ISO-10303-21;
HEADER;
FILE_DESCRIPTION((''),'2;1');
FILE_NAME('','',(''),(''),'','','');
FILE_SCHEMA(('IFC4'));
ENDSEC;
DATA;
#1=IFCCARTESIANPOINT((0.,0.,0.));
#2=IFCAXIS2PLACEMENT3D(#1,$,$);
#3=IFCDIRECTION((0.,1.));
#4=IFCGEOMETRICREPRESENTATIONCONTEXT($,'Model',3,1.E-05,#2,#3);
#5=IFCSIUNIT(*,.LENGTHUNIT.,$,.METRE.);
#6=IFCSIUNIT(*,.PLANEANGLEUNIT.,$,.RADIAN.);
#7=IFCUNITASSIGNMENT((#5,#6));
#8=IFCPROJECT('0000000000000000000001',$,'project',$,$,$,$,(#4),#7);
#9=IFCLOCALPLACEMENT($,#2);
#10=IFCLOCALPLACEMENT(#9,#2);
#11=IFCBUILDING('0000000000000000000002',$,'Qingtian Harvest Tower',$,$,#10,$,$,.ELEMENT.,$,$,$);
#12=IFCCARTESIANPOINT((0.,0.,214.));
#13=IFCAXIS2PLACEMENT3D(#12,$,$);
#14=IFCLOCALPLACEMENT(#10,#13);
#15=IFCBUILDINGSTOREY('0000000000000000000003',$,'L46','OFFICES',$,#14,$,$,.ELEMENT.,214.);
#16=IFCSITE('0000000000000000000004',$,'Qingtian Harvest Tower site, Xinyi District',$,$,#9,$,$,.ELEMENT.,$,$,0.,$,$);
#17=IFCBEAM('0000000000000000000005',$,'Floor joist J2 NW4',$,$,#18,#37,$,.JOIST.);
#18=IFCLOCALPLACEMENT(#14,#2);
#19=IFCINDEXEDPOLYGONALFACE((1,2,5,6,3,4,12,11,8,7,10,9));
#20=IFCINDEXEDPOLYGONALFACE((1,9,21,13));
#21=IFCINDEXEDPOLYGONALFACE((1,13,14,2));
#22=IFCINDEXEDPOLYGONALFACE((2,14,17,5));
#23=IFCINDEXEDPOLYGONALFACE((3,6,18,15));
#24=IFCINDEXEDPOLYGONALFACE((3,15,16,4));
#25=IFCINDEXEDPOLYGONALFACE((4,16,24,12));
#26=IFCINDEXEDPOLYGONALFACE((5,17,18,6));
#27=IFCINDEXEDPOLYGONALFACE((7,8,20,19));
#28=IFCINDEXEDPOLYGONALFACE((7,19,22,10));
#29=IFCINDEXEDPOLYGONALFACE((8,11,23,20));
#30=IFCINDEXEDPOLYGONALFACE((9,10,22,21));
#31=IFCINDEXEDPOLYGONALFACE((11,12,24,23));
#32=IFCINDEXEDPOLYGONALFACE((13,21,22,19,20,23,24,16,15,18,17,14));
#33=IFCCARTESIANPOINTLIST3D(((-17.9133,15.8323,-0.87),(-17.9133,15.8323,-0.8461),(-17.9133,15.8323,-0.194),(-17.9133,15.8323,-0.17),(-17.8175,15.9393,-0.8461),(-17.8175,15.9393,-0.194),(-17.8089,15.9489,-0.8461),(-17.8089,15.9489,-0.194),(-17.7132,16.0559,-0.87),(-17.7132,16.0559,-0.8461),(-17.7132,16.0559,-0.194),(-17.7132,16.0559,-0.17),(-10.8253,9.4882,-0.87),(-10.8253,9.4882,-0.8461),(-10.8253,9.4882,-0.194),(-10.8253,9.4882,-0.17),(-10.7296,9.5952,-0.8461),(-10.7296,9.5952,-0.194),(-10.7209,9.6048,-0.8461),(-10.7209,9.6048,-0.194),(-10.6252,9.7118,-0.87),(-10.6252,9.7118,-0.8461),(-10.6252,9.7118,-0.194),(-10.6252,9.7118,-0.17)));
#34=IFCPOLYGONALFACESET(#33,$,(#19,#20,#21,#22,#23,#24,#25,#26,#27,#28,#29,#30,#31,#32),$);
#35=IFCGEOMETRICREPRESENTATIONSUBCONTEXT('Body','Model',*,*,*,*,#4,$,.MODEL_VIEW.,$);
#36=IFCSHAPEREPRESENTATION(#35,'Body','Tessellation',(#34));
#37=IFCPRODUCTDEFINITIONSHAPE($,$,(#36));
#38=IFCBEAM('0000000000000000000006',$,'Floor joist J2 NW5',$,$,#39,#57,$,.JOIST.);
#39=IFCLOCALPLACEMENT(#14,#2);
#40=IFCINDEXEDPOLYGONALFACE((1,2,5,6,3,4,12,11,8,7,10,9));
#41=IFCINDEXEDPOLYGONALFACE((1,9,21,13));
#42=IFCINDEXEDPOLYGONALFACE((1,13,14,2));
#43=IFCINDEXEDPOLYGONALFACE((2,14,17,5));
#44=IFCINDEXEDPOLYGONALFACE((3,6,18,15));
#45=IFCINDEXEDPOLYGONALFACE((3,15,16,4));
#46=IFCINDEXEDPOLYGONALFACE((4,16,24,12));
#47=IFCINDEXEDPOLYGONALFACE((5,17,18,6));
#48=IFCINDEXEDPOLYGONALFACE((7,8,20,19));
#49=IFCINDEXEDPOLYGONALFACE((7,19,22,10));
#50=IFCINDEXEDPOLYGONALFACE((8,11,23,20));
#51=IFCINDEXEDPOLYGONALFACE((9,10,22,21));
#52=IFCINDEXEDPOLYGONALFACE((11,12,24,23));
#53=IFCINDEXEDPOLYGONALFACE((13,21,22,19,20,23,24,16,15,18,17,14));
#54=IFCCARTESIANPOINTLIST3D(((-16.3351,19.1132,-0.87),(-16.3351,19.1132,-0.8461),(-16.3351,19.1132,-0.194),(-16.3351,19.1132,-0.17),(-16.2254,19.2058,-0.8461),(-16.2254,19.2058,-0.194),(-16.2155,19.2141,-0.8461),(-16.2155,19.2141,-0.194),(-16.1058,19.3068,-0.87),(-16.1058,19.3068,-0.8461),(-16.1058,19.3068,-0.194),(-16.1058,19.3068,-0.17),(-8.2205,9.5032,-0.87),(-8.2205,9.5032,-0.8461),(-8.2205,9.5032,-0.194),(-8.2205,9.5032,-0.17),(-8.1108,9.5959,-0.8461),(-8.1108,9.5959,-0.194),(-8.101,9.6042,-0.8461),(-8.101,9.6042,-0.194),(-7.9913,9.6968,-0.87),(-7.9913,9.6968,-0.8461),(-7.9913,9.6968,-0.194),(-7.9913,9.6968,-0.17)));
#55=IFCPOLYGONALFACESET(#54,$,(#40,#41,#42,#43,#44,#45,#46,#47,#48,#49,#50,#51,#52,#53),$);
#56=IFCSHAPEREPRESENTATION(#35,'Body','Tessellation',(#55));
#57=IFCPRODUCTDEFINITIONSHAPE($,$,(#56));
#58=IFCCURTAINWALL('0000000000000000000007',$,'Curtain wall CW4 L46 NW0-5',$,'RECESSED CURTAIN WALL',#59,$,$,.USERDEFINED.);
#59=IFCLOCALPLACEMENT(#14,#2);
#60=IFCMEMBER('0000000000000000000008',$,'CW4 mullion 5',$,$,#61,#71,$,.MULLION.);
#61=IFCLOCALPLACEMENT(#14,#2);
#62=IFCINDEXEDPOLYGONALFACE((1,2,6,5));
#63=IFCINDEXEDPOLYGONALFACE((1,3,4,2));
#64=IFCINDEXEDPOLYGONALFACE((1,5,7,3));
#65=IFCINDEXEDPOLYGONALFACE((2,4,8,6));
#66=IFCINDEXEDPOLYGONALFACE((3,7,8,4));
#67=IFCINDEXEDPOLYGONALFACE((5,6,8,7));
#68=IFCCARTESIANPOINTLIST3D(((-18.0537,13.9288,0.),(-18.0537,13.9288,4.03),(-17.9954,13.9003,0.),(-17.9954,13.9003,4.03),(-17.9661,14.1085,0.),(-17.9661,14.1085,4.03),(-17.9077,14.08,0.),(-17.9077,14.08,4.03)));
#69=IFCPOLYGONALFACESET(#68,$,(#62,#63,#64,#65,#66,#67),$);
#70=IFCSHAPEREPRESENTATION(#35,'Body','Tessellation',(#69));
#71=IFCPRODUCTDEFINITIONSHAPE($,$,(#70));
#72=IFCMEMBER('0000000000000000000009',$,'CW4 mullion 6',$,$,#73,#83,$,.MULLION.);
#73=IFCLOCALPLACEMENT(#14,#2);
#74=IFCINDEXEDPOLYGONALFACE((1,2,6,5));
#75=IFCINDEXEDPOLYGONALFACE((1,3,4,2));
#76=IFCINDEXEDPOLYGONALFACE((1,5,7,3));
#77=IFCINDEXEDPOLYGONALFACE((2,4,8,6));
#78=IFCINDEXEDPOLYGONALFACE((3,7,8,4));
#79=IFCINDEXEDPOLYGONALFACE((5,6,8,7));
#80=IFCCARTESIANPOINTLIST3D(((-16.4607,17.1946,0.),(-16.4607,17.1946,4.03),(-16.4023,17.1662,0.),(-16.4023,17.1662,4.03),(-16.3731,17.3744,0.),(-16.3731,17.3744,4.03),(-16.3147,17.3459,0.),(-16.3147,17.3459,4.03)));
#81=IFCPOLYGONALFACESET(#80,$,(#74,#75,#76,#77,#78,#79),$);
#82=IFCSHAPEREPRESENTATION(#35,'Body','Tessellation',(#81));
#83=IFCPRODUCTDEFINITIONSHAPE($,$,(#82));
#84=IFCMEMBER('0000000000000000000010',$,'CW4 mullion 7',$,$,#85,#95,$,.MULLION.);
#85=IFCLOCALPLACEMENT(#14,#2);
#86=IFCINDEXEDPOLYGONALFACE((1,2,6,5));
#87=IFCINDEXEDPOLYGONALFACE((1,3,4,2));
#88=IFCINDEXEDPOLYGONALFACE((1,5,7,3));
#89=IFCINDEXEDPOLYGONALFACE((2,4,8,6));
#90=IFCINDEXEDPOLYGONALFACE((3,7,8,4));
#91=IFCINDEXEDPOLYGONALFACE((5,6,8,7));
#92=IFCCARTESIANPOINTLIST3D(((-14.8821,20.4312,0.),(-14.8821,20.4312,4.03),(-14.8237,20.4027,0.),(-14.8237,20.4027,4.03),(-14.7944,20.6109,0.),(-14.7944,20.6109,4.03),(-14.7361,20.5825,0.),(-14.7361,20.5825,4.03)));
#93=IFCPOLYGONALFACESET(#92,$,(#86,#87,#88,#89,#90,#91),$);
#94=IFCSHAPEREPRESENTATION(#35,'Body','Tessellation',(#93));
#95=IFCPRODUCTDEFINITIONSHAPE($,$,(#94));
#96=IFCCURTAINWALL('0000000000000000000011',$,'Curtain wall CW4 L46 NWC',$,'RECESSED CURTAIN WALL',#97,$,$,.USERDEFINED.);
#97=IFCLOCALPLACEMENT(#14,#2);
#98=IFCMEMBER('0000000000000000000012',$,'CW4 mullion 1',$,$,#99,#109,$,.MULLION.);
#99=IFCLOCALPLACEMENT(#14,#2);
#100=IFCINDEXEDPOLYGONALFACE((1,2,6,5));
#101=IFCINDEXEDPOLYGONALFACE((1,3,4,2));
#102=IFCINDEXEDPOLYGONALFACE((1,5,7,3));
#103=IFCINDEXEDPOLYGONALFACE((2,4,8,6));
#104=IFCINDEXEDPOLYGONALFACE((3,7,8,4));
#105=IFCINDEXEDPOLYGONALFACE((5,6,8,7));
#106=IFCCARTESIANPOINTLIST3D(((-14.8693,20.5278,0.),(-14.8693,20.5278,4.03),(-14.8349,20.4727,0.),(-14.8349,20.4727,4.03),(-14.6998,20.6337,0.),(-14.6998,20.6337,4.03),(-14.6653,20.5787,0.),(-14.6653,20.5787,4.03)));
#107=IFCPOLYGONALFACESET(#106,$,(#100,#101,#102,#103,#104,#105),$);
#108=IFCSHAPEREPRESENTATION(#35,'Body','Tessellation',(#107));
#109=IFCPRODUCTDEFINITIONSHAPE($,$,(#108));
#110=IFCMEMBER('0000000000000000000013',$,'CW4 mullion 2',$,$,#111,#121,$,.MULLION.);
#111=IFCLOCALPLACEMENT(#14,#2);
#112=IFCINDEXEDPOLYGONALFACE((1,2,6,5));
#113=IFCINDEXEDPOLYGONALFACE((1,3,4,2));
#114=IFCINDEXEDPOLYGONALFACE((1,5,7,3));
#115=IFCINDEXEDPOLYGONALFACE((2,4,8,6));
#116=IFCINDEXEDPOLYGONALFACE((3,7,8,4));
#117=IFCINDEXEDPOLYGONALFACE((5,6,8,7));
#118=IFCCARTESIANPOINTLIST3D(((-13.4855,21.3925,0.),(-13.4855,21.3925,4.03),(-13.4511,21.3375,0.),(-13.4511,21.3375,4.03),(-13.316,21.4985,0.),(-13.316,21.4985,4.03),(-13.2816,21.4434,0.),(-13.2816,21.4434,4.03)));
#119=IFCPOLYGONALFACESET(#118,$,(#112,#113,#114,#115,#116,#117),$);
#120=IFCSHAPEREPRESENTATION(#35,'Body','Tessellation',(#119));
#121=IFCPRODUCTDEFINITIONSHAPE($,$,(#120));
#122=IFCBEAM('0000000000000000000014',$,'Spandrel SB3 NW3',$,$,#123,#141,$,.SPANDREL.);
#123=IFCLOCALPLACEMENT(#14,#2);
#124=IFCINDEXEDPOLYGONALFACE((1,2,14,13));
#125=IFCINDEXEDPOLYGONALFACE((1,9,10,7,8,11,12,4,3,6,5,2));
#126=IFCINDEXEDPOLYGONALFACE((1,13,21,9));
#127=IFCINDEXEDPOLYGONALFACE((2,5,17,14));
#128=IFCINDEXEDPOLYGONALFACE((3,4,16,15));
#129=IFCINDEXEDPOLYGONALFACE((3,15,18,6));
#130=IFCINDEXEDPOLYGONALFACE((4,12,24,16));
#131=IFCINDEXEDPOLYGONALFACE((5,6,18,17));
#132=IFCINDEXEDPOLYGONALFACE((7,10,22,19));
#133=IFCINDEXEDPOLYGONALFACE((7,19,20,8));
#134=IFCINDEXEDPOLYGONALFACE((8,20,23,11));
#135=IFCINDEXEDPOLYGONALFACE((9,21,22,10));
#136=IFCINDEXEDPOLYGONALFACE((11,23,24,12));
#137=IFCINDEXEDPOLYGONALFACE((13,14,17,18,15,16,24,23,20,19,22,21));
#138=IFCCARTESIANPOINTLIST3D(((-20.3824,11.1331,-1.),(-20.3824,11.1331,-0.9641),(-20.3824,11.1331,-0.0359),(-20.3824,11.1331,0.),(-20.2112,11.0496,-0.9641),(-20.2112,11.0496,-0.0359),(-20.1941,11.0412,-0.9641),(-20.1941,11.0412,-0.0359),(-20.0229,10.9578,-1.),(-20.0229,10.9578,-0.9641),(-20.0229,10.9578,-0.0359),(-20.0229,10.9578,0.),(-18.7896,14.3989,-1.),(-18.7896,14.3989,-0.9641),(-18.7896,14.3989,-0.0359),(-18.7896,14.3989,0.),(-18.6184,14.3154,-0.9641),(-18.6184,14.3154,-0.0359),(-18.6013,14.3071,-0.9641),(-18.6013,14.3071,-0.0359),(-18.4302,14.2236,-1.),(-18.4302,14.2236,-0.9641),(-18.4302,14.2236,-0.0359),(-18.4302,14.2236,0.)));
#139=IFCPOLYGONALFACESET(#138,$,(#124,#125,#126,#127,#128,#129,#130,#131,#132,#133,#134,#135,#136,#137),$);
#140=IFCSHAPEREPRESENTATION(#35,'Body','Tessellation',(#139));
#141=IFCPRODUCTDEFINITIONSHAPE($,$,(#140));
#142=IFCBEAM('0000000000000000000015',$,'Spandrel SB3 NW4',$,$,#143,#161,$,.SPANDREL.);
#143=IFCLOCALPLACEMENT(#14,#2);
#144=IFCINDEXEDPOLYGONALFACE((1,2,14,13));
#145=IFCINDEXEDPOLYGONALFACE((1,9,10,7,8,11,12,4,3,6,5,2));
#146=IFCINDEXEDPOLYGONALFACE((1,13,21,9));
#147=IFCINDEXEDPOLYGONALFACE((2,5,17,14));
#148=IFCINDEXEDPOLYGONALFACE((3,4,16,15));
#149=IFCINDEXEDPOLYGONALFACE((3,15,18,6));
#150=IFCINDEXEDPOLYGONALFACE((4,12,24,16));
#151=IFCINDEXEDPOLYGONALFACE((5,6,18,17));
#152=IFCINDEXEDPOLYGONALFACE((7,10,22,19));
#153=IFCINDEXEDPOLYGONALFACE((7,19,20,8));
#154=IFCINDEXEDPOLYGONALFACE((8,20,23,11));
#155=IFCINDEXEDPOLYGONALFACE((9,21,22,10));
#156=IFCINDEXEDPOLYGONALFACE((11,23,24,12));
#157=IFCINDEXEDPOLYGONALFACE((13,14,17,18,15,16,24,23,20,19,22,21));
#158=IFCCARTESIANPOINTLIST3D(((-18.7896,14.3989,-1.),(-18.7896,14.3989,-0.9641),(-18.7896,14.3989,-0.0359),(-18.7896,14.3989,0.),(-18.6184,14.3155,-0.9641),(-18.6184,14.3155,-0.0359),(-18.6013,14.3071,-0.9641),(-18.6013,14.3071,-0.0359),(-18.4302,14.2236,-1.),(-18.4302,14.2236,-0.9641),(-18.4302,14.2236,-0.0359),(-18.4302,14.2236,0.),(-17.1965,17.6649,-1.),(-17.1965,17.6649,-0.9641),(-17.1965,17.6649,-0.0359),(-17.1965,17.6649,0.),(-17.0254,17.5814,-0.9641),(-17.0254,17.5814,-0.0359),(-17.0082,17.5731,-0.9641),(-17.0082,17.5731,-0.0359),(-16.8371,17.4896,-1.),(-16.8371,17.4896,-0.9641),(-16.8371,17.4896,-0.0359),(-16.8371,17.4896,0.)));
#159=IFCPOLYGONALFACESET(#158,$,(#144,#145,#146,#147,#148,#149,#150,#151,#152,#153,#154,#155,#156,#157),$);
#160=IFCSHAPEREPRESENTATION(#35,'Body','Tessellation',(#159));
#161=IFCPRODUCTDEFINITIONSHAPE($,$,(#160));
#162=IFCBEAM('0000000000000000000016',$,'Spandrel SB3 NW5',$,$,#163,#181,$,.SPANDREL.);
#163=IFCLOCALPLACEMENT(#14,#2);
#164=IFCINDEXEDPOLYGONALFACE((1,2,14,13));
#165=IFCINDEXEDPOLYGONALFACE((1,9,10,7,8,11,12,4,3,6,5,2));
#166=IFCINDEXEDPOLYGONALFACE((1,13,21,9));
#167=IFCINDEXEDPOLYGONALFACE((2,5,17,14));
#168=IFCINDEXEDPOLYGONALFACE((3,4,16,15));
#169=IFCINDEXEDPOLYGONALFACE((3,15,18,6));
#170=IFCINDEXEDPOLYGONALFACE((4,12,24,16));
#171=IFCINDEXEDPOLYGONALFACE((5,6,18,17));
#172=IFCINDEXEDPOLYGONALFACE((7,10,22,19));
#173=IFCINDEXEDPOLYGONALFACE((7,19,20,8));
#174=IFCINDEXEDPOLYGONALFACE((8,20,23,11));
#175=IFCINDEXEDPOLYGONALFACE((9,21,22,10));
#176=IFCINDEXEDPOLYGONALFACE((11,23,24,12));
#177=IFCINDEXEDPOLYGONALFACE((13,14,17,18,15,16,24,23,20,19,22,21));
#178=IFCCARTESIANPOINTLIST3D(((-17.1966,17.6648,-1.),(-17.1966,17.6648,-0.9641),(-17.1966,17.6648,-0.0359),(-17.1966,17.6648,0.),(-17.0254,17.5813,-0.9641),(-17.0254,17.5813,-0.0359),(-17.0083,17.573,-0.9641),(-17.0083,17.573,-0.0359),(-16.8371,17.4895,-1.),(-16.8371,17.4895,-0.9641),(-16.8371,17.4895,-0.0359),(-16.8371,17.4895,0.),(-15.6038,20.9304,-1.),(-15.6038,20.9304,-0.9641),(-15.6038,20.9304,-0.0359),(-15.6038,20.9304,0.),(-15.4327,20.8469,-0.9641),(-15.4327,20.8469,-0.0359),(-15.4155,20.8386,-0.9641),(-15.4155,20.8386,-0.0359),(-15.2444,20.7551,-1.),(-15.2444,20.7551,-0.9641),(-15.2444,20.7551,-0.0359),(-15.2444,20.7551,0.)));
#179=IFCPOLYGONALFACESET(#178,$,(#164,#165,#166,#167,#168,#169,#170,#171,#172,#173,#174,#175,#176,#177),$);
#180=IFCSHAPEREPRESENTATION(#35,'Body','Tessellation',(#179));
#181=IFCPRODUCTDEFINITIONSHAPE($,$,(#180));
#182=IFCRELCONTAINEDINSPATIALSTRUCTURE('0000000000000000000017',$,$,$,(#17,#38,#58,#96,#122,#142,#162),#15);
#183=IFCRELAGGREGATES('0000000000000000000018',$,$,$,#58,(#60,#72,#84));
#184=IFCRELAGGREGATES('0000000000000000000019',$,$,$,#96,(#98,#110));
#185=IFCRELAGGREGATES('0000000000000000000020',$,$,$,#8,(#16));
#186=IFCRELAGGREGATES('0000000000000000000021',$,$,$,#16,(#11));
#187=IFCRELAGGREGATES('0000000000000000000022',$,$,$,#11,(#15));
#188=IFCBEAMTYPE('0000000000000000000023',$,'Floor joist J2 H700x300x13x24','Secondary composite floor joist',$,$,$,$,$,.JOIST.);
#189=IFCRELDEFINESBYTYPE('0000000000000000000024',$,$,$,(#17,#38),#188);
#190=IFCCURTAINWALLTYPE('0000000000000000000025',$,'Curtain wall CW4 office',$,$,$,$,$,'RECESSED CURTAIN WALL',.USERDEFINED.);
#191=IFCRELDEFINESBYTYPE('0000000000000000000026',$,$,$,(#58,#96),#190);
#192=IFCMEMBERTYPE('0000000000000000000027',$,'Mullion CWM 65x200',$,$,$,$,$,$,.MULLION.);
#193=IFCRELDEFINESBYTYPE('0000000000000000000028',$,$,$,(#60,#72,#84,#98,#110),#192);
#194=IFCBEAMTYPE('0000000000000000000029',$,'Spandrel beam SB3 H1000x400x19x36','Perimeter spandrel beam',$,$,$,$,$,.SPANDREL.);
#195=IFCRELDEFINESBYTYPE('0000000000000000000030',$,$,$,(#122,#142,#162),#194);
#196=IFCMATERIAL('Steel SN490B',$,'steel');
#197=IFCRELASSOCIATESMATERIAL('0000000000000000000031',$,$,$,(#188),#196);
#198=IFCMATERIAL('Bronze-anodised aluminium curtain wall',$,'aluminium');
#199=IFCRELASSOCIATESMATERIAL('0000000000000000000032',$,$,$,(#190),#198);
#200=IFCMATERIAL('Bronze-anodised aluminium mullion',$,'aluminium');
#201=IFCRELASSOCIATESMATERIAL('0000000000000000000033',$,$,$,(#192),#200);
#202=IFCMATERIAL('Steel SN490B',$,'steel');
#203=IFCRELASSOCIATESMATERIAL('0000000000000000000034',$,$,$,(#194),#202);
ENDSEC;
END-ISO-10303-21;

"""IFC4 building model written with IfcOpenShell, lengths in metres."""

from ifc_helpers import new_model, si_unit, direction, frame, origin, origin_2d, place, context, subcontext, project, spatial, rectangle, i_section, extrude, material, material_profile, profile_set, type_object, element, aggregate, save


model = new_model("IFC4")

# Units and contexts
model_context = context("Model", 3, precision=1e-05, world=origin(), true_north=direction((0.0, 1.0)))
body_context = subcontext(model_context, "Body", "Model", "MODEL_VIEW")
ifc_project = project(units=[si_unit("LENGTHUNIT", "METRE"), si_unit("PLANEANGLEUNIT", "RADIAN")], contexts=[model_context])

# Site, building, storey
site_placement = place(None, origin())
site = spatial("IfcSite", under=ifc_project, at=site_placement, Name="Qingtian Harvest Tower site, Xinyi District", CompositionType="ELEMENT", RefElevation=0.0)
building_placement = place(site_placement, origin())
building = spatial("IfcBuilding", under=site, at=building_placement, Name="Qingtian Harvest Tower", CompositionType="ELEMENT")
storey_placement = place(building_placement, frame((0.0, 0.0, 214.0)))
storey = spatial("IfcBuildingStorey", under=building, at=storey_placement, Name="L46", Description="OFFICES", CompositionType="ELEMENT", Elevation=214.0)

# Beams
ifc_material_1 = material(Name="Steel SN490B", Category="steel")
ifc_material_profile_1 = material_profile(ifc_material_1, i_section(OverallWidth=0.3, OverallDepth=0.7, WebThickness=0.0129, FlangeThickness=0.0239, at=origin_2d()), Name="H700x300x13x24")
ifc_profile_set_1 = profile_set([ifc_material_profile_1], Name="Steel SN490B")
beam_type_1 = type_object("IfcBeamType", Name="Floor joist J2 H700x300x13x24", Description="Secondary composite floor joist", PredefinedType="JOIST", material=ifc_profile_set_1)
beam_1_placement = place(storey_placement, frame((-17.8132, 15.9441, -0.52), z_axis=(0.745127, -0.666923, 0.0), x_axis=(0.666923, 0.745127, 0.0)))
element("IfcBeam", 1, at=beam_1_placement, inside=storey, type_object=beam_type_1, Name="Floor joist J2 NW4", PredefinedType="JOIST", context=body_context, shape_type="SweptSolid", body=[
    extrude(i_section(OverallWidth=0.3, OverallDepth=0.7, WebThickness=0.0129, FlangeThickness=0.0239, at=origin_2d()), origin(), (0.0, 0.0, 1.0), 9.5125),
])
beam_2_placement = place(storey_placement, frame((-16.2205, 19.21, -0.52), z_axis=(0.645158, -0.764049, 0.0), x_axis=(0.764049, 0.645158, 0.0)))
element("IfcBeam", 2, at=beam_2_placement, inside=storey, type_object=beam_type_1, Name="Floor joist J2 NW5", PredefinedType="JOIST", context=body_context, shape_type="SweptSolid", body=[
    extrude(i_section(OverallWidth=0.3, OverallDepth=0.7, WebThickness=0.0129, FlangeThickness=0.0239, at=origin_2d()), origin(), (0.0, 0.0, 1.0), 12.5776),
])

# Curtain walls, members
ifc_material_2 = material(Name="Bronze-anodised aluminium curtain wall", Category="aluminium")
curtain_wall_type = type_object("IfcCurtainWallType", Name="Curtain wall CW4 office", ElementType="RECESSED CURTAIN WALL", PredefinedType="USERDEFINED", material=ifc_material_2)
curtain_wall_1_placement = place(storey_placement, origin())
curtain_wall_1 = element("IfcCurtainWall", 3, at=curtain_wall_1_placement, inside=storey, type_object=curtain_wall_type, Name="Curtain wall CW4 L46 NW0-5", ObjectType="RECESSED CURTAIN WALL", PredefinedType="USERDEFINED")
ifc_material_3 = material(Name="Bronze-anodised aluminium mullion", Category="aluminium")
ifc_material_profile_2 = material_profile(ifc_material_3, rectangle(XDim=0.0649, YDim=0.2, at=origin_2d()), Name="AL 65x200")
ifc_profile_set_2 = profile_set([ifc_material_profile_2], Name="Bronze-anodised aluminium mullion")
member_type_1 = type_object("IfcMemberType", Name="Mullion CWM 65x200", PredefinedType="MULLION", material=ifc_profile_set_2)
member_1_placement = place(storey_placement, frame((-17.9807, 14.0044, 0.0), z_axis=(0.0, 0.0, 1.0), x_axis=(-0.898794, 0.438371, 0.0)))
member_1 = element("IfcMember", 4, at=member_1_placement, type_object=member_type_1, Name="CW4 mullion 5", PredefinedType="MULLION", context=body_context, shape_type="SweptSolid", body=[
    extrude(rectangle(XDim=0.0649, YDim=0.2, at=origin_2d()), origin(), (0.0, 0.0, 1.0), 4.03),
])
member_2_placement = place(storey_placement, frame((-16.3877, 17.2703, 0.0), z_axis=(0.0, 0.0, 1.0), x_axis=(-0.898794, 0.438371, 0.0)))
member_2 = element("IfcMember", 5, at=member_2_placement, type_object=member_type_1, Name="CW4 mullion 6", PredefinedType="MULLION", context=body_context, shape_type="SweptSolid", body=[
    extrude(rectangle(XDim=0.0649, YDim=0.2, at=origin_2d()), origin(), (0.0, 0.0, 1.0), 4.03),
])
member_3_placement = place(storey_placement, frame((-14.8091, 20.5068, 0.0), z_axis=(0.0, 0.0, 1.0), x_axis=(-0.898794, 0.438371, 0.0)))
member_3 = element("IfcMember", 6, at=member_3_placement, type_object=member_type_1, Name="CW4 mullion 7", PredefinedType="MULLION", context=body_context, shape_type="SweptSolid", body=[
    extrude(rectangle(XDim=0.0649, YDim=0.2, at=origin_2d()), origin(), (0.0, 0.0, 1.0), 4.03),
])
curtain_wall_2_placement = place(storey_placement, origin())
curtain_wall_2 = element("IfcCurtainWall", 7, at=curtain_wall_2_placement, inside=storey, type_object=curtain_wall_type, Name="Curtain wall CW4 L46 NWC", ObjectType="RECESSED CURTAIN WALL", PredefinedType="USERDEFINED")
member_4_placement = place(storey_placement, frame((-14.7673, 20.5532, 0.0), z_axis=(0.0, 0.0, 1.0), x_axis=(-0.529919, 0.848048, 0.0)))
member_4 = element("IfcMember", 8, at=member_4_placement, type_object=member_type_1, Name="CW4 mullion 1", PredefinedType="MULLION", context=body_context, shape_type="SweptSolid", body=[
    extrude(rectangle(XDim=0.0649, YDim=0.2, at=origin_2d()), origin(), (0.0, 0.0, 1.0), 4.03),
])
member_5_placement = place(storey_placement, frame((-13.3835, 21.418, 0.0), z_axis=(0.0, 0.0, 1.0), x_axis=(-0.529919, 0.848048, 0.0)))
member_5 = element("IfcMember", 9, at=member_5_placement, type_object=member_type_1, Name="CW4 mullion 2", PredefinedType="MULLION", context=body_context, shape_type="SweptSolid", body=[
    extrude(rectangle(XDim=0.0649, YDim=0.2, at=origin_2d()), origin(), (0.0, 0.0, 1.0), 4.03),
])

# Beams
ifc_material_4 = material(Name="Steel SN490B", Category="steel")
ifc_material_profile_3 = material_profile(ifc_material_4, i_section(OverallWidth=0.3999, OverallDepth=1.0, WebThickness=0.019, FlangeThickness=0.0359, at=origin_2d()), Name="H1000x400x19x36")
ifc_profile_set_3 = profile_set([ifc_material_profile_3], Name="Steel SN490B")
beam_type_2 = type_object("IfcBeamType", Name="Spandrel beam SB3 H1000x400x19x36", Description="Perimeter spandrel beam", PredefinedType="SPANDREL", material=ifc_profile_set_3)
beam_3_placement = place(storey_placement, frame((-20.2026, 11.0454, -0.5), z_axis=(0.438349, 0.898805, 0.0), x_axis=(-0.898805, 0.438349, 0.0)))
element("IfcBeam", 10, at=beam_3_placement, inside=storey, type_object=beam_type_2, Name="Spandrel SB3 NW3", PredefinedType="SPANDREL", context=body_context, shape_type="SweptSolid", body=[
    extrude(i_section(OverallWidth=0.3999, OverallDepth=1.0, WebThickness=0.019, FlangeThickness=0.0359, at=origin_2d()), origin(), (0.0, 0.0, 1.0), 3.6335),
])
beam_4_placement = place(storey_placement, frame((-18.6099, 14.3113, -0.5), z_axis=(0.438404, 0.898778, 0.0), x_axis=(-0.898778, 0.438404, 0.0)))
element("IfcBeam", 11, at=beam_4_placement, inside=storey, type_object=beam_type_2, Name="Spandrel SB3 NW4", PredefinedType="SPANDREL", context=body_context, shape_type="SweptSolid", body=[
    extrude(i_section(OverallWidth=0.3999, OverallDepth=1.0, WebThickness=0.019, FlangeThickness=0.0359, at=origin_2d()), origin(), (0.0, 0.0, 1.0), 3.6338),
])
beam_5_placement = place(storey_placement, frame((-17.0168, 17.5771, -0.5), z_axis=(0.438376, 0.898792, 0.0), x_axis=(-0.898792, 0.438376, 0.0)))
element("IfcBeam", 12, at=beam_5_placement, inside=storey, type_object=beam_type_2, Name="Spandrel SB3 NW5", PredefinedType="SPANDREL", context=body_context, shape_type="SweptSolid", body=[
    extrude(i_section(OverallWidth=0.3999, OverallDepth=1.0, WebThickness=0.019, FlangeThickness=0.0359, at=origin_2d()), origin(), (0.0, 0.0, 1.0), 3.6333),
])

aggregate(curtain_wall_1, [member_1, member_2, member_3])
aggregate(curtain_wall_2, [member_4, member_5])

save(model, "model.ifc")
